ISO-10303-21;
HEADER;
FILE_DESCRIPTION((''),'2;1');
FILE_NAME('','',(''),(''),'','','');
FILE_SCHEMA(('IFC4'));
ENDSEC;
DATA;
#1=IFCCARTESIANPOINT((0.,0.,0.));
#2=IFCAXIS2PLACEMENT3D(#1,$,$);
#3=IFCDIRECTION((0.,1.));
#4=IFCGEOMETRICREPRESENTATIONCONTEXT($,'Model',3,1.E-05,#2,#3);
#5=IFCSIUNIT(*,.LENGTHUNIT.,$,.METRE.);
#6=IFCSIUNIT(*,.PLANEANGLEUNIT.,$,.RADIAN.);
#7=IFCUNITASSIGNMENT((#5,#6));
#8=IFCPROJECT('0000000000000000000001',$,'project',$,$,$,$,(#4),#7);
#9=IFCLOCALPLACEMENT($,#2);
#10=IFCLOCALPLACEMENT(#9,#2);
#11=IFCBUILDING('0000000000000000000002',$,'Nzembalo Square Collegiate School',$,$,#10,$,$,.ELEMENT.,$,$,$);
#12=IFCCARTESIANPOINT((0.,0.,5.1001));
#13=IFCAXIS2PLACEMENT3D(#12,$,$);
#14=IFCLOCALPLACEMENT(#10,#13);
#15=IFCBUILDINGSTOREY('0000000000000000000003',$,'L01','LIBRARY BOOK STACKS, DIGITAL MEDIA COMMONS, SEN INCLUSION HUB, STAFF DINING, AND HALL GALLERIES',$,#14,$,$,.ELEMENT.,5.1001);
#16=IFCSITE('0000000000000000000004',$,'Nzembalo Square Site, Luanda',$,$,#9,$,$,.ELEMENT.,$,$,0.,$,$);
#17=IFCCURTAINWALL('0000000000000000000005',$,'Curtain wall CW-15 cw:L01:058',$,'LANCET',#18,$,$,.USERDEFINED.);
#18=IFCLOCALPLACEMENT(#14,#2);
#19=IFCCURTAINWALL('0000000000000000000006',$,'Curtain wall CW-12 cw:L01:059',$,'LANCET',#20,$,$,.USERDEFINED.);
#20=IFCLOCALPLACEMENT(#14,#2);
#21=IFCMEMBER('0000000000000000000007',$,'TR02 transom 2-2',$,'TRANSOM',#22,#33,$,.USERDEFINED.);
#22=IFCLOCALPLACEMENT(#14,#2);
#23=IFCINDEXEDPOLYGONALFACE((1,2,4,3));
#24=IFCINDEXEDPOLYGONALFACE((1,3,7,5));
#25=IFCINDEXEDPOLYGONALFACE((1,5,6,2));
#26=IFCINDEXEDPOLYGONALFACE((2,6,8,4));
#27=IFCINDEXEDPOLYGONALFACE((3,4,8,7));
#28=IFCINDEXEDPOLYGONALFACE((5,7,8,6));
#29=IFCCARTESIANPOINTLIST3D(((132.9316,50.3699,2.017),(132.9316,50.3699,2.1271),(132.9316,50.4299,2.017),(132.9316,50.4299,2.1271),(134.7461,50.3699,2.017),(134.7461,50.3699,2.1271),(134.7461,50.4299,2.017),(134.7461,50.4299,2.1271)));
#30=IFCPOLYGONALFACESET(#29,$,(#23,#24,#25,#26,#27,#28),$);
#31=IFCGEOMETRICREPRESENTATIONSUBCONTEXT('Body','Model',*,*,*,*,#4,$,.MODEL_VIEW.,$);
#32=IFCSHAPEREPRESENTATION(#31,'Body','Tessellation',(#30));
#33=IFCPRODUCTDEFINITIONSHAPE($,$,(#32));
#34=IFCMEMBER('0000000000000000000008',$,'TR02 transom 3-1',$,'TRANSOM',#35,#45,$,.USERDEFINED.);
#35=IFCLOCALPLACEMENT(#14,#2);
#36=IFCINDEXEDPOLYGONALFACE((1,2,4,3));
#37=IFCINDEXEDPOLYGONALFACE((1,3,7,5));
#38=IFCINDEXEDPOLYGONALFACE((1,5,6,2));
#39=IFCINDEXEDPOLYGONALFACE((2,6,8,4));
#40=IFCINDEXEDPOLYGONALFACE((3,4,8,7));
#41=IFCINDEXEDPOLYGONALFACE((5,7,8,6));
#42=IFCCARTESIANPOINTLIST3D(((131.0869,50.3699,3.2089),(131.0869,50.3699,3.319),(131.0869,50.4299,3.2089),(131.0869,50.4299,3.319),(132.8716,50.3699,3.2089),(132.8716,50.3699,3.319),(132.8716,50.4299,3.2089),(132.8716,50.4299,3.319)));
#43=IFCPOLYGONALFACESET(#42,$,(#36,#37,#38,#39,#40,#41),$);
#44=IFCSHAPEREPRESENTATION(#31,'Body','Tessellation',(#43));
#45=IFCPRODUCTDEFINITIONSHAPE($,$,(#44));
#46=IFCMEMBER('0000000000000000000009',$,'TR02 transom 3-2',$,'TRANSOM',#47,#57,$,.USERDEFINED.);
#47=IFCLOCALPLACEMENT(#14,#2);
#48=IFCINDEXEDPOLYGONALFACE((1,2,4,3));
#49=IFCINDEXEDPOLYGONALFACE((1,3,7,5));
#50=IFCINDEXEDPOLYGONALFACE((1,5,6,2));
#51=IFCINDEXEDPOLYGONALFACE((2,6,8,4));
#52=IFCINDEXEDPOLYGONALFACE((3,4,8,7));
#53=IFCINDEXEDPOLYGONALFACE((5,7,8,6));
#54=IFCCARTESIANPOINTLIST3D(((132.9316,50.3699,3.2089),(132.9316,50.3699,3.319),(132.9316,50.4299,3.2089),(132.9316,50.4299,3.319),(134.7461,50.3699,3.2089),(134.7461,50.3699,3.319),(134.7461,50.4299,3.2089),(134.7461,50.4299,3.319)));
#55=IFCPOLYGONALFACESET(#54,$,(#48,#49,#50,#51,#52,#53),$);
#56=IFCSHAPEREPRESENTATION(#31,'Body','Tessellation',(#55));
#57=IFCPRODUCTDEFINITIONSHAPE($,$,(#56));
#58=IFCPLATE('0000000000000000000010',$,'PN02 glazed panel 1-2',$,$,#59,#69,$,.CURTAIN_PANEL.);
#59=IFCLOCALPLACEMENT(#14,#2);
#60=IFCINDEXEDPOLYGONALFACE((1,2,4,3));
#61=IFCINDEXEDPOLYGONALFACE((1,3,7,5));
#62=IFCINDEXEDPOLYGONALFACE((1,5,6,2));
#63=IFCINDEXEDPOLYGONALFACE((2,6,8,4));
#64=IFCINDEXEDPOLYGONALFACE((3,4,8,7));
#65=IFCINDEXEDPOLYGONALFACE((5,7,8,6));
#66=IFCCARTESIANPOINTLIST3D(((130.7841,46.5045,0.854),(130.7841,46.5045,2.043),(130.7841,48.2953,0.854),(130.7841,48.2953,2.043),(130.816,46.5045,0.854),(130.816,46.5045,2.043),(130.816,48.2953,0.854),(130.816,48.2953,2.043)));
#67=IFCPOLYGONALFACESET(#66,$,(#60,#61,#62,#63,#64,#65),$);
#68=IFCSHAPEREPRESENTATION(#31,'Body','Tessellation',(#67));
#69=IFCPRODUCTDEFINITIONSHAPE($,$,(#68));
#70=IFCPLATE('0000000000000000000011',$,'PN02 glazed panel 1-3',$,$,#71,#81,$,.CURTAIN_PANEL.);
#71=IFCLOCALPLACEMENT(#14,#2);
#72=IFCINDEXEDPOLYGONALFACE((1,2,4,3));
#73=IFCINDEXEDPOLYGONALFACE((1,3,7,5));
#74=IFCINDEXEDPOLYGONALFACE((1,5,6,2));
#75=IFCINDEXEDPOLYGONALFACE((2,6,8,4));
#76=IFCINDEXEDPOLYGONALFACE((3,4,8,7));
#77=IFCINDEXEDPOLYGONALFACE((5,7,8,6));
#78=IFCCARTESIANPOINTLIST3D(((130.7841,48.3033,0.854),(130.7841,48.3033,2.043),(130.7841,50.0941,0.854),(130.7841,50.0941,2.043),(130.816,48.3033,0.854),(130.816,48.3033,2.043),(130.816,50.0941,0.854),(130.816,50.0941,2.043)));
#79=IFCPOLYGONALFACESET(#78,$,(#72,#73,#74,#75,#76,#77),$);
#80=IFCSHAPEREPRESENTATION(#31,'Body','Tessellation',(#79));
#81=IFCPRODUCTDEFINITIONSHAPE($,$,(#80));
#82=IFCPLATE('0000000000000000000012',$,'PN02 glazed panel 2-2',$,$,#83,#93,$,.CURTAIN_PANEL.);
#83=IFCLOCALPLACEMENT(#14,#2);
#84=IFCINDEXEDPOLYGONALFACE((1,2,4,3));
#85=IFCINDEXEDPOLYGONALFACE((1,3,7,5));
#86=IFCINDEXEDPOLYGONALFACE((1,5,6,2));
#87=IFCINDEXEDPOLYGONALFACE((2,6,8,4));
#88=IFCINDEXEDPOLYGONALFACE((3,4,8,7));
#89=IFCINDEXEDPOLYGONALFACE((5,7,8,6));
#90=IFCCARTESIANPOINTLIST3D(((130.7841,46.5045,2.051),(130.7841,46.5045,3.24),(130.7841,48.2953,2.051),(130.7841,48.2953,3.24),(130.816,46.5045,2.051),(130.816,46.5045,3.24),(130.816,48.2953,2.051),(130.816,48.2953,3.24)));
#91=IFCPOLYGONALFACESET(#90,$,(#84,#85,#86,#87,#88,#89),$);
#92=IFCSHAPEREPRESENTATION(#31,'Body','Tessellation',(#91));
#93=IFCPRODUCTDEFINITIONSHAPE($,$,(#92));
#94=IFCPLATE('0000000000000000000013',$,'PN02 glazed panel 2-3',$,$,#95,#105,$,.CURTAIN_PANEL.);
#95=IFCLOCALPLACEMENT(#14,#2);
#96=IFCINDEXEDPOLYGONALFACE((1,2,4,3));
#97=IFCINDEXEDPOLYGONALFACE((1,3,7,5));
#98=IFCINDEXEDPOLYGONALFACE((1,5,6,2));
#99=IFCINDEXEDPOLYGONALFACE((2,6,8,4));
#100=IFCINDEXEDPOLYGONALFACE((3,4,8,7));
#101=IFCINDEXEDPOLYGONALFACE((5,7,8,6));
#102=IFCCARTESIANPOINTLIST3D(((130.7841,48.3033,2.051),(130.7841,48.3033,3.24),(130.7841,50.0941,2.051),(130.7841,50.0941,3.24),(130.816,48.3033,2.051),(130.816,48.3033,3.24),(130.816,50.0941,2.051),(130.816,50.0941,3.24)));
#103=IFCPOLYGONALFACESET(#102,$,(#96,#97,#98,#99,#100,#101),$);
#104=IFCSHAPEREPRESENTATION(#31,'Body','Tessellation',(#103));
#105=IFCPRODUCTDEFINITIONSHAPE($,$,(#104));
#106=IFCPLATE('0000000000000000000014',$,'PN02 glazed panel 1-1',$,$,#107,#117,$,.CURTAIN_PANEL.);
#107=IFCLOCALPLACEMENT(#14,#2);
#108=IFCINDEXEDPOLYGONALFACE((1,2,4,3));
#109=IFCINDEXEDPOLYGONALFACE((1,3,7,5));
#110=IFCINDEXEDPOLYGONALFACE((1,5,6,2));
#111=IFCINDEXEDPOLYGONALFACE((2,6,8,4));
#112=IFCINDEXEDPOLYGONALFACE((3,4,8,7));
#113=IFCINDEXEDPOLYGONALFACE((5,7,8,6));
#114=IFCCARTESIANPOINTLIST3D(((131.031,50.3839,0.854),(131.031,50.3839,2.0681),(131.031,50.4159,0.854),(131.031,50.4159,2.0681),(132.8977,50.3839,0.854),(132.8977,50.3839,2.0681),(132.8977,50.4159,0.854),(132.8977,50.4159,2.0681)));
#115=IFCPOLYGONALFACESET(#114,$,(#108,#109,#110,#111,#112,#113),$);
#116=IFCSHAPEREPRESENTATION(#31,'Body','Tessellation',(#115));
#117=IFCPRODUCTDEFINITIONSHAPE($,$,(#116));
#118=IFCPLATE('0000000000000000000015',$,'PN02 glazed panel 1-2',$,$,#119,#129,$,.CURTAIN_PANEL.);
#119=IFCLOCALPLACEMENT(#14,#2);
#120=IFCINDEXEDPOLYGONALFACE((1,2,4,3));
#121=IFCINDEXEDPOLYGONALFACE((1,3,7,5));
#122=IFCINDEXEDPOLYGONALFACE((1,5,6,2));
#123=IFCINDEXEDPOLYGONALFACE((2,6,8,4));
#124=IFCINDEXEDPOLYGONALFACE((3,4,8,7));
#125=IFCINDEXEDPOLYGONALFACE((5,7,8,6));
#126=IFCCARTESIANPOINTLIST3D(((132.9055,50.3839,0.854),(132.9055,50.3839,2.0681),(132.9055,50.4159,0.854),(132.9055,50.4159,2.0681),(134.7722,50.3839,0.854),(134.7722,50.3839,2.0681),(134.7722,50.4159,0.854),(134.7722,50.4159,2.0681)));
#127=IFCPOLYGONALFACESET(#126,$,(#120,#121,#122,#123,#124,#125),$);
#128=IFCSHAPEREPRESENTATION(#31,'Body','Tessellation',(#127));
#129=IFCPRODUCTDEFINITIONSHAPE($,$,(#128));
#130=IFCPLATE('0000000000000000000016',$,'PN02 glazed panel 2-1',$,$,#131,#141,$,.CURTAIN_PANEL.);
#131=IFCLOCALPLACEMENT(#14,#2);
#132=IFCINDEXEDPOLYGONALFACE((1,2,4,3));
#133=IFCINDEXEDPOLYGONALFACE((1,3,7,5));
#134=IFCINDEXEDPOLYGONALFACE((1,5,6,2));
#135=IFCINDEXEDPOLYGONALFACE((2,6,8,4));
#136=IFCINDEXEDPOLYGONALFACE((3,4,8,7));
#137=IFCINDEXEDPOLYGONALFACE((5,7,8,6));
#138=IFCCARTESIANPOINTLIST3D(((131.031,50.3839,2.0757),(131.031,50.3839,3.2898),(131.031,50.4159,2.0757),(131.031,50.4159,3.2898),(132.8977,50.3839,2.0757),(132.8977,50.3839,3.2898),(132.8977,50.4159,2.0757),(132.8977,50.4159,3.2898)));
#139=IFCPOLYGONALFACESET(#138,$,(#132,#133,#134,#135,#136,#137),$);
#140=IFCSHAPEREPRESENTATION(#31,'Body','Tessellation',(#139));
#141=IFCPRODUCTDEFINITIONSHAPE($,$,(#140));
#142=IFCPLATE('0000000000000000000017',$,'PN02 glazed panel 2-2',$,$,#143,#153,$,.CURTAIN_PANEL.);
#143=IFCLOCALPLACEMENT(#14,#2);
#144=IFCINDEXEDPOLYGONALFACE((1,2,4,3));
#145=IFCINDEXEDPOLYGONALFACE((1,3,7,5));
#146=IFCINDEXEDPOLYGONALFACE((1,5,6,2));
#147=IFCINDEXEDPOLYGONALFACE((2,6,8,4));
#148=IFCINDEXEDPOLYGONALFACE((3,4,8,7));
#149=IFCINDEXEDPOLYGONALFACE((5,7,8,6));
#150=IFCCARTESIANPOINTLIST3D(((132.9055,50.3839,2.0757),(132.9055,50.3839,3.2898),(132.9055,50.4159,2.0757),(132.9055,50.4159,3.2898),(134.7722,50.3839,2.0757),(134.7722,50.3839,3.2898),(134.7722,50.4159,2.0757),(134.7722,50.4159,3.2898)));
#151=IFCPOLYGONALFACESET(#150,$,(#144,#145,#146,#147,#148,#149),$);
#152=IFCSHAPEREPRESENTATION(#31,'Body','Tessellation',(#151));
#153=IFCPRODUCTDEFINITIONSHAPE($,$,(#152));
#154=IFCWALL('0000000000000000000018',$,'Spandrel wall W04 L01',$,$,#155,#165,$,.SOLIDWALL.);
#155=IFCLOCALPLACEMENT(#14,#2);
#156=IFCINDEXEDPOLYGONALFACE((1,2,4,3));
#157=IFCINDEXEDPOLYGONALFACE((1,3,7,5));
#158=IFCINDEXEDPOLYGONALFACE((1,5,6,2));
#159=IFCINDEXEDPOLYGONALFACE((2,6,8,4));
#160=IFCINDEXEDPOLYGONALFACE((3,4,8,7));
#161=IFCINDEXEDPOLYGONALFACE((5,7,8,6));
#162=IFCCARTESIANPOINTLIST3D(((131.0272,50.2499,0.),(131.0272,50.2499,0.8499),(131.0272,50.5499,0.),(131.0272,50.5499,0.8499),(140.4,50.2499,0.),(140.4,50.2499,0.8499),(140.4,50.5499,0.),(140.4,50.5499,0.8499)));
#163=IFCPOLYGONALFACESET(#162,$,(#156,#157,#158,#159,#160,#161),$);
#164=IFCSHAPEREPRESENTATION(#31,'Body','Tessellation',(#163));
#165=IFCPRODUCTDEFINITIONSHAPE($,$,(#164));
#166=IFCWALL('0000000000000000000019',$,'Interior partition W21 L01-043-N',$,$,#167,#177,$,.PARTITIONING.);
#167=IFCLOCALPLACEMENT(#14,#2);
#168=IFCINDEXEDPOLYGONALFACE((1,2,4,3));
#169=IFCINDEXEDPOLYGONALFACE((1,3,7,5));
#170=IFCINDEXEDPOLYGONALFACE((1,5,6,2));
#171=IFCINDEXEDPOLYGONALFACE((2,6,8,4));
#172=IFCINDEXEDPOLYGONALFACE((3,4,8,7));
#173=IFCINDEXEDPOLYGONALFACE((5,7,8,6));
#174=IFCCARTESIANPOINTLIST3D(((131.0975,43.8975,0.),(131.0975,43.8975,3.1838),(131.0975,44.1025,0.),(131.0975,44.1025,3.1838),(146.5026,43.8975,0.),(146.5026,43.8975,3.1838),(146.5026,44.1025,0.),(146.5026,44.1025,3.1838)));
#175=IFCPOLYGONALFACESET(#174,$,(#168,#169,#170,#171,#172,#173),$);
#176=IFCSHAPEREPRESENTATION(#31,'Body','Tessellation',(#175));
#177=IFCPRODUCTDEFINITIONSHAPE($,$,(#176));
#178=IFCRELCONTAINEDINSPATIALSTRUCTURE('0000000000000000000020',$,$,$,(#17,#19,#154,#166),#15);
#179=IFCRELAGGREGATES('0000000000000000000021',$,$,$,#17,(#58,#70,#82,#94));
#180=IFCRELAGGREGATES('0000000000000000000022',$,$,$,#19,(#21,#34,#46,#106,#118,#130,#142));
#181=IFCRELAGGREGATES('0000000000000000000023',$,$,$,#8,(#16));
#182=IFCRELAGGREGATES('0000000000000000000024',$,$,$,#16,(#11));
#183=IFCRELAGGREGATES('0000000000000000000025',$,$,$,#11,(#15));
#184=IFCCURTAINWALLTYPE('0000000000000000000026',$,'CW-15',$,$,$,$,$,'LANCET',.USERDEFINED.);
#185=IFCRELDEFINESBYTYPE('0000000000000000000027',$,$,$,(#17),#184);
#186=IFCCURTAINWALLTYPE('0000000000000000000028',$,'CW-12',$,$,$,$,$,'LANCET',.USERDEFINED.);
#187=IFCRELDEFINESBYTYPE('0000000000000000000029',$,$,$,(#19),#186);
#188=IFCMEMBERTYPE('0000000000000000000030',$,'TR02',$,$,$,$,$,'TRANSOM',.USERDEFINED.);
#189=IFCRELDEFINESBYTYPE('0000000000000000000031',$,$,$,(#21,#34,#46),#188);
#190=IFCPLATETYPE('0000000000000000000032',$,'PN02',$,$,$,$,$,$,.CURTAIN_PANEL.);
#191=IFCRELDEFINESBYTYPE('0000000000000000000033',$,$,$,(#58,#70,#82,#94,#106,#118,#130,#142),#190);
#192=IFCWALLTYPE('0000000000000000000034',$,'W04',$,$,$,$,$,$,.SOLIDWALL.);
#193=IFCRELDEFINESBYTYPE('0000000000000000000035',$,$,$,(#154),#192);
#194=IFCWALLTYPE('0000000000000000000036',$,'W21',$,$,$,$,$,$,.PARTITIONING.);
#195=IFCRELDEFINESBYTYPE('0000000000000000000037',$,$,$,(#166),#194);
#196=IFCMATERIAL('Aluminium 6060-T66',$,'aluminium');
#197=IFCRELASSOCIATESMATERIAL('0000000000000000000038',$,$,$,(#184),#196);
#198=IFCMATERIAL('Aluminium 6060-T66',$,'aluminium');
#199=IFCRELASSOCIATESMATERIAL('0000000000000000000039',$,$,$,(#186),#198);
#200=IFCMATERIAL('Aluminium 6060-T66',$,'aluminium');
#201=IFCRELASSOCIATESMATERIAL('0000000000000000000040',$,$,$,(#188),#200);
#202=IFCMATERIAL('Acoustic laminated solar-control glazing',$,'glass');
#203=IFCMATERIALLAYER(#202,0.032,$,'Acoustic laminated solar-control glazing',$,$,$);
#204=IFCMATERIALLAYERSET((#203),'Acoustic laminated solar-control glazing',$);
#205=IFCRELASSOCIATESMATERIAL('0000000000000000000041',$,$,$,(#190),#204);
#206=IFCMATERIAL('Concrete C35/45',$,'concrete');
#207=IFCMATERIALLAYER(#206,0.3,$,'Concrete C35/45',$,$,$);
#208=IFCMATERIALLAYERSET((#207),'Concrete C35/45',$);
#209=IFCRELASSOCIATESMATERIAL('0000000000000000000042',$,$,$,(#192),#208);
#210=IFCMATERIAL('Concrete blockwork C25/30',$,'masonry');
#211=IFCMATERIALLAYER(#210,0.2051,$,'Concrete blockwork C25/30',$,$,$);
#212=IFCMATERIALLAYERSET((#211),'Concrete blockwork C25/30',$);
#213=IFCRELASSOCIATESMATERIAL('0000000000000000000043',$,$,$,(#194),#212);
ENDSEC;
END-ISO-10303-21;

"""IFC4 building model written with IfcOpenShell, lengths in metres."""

from ifc_helpers import new_model, si_unit, direction, frame, frame_2d, origin, origin_2d, place, context, subcontext, project, spatial, rectangle, extrude, material, layer, layer_set, material_profile, profile_set, type_object, element, aggregate, save


model = new_model("IFC4")

# Units and contexts
model_context = context("Model", 3, precision=1e-05, world=origin(), true_north=direction((0.0, 1.0)))
body_context = subcontext(model_context, "Body", "Model", "MODEL_VIEW")
ifc_project = project(units=[si_unit("LENGTHUNIT", "METRE"), si_unit("PLANEANGLEUNIT", "RADIAN")], contexts=[model_context])

# Site, building, storey
site_placement = place(None, origin())
site = spatial("IfcSite", under=ifc_project, at=site_placement, Name="Nzembalo Square Site, Luanda", CompositionType="ELEMENT", RefElevation=0.0)
building_placement = place(site_placement, origin())
building = spatial("IfcBuilding", under=site, at=building_placement, Name="Nzembalo Square Collegiate School", CompositionType="ELEMENT")
storey_placement = place(building_placement, frame((0.0, 0.0, 5.1001)))
storey = spatial("IfcBuildingStorey", under=building, at=storey_placement, Name="L01", Description="LIBRARY BOOK STACKS, DIGITAL MEDIA COMMONS, SEN INCLUSION HUB, STAFF DINING, AND HALL GALLERIES", CompositionType="ELEMENT", Elevation=5.1001)

# Curtain walls
ifc_material_1 = material(Name="Aluminium 6060-T66", Category="aluminium")
curtain_wall_type_1 = type_object("IfcCurtainWallType", Name="CW-15", ElementType="LANCET", PredefinedType="USERDEFINED", material=ifc_material_1)
curtain_wall_1_placement = place(storey_placement, origin())
curtain_wall_1 = element("IfcCurtainWall", 1, at=curtain_wall_1_placement, inside=storey, type_object=curtain_wall_type_1, Name="Curtain wall CW-15 cw:L01:058", ObjectType="LANCET", PredefinedType="USERDEFINED")
ifc_material_2 = material(Name="Aluminium 6060-T66", Category="aluminium")
curtain_wall_type_2 = type_object("IfcCurtainWallType", Name="CW-12", ElementType="LANCET", PredefinedType="USERDEFINED", material=ifc_material_2)
curtain_wall_2_placement = place(storey_placement, origin())
curtain_wall_2 = element("IfcCurtainWall", 2, at=curtain_wall_2_placement, inside=storey, type_object=curtain_wall_type_2, Name="Curtain wall CW-12 cw:L01:059", ObjectType="LANCET", PredefinedType="USERDEFINED")

# Members
ifc_material_3 = material(Name="Aluminium 6060-T66", Category="aluminium")
ifc_material_profile_1 = material_profile(ifc_material_3, rectangle(XDim=0.0601, YDim=0.1101, at=origin_2d()), Name="ALU T60x110")
ifc_profile_set_1 = profile_set([ifc_material_profile_1], Name="Aluminium 6060-T66")
member_type_1 = type_object("IfcMemberType", Name="TR02", ElementType="TRANSOM", PredefinedType="USERDEFINED", material=ifc_profile_set_1)
member_1_placement = place(storey_placement, frame((132.9316, 50.3999, 2.072), z_axis=(1.0, 0.0, 0.0), x_axis=(0.0, 1.0, 0.0)))
member_1 = element("IfcMember", 3, at=member_1_placement, type_object=member_type_1, Name="TR02 transom 2-2", ObjectType="TRANSOM", PredefinedType="USERDEFINED", context=body_context, shape_type="SweptSolid", body=[
    extrude(rectangle(XDim=0.0601, YDim=0.1101, at=origin_2d()), origin(), (0.0, 0.0, 1.0), 1.8145),
])
member_2_placement = place(storey_placement, frame((131.0869, 50.3999, 3.2639), z_axis=(1.0, 0.0, 0.0), x_axis=(0.0, 1.0, 0.0)))
member_2 = element("IfcMember", 4, at=member_2_placement, type_object=member_type_1, Name="TR02 transom 3-1", ObjectType="TRANSOM", PredefinedType="USERDEFINED", context=body_context, shape_type="SweptSolid", body=[
    extrude(rectangle(XDim=0.0601, YDim=0.1101, at=origin_2d()), origin(), (0.0, 0.0, 1.0), 1.7847),
])
member_3_placement = place(storey_placement, frame((132.9316, 50.3999, 3.2639), z_axis=(1.0, 0.0, 0.0), x_axis=(0.0, 1.0, 0.0)))
member_3 = element("IfcMember", 5, at=member_3_placement, type_object=member_type_1, Name="TR02 transom 3-2", ObjectType="TRANSOM", PredefinedType="USERDEFINED", context=body_context, shape_type="SweptSolid", body=[
    extrude(rectangle(XDim=0.0601, YDim=0.1101, at=origin_2d()), origin(), (0.0, 0.0, 1.0), 1.8145),
])

# Plates
ifc_material_4 = material(Name="Acoustic laminated solar-control glazing", Category="glass")
ifc_layer_1 = layer(ifc_material_4, 0.032, Name="Acoustic laminated solar-control glazing")
ifc_layer_set_1 = layer_set([ifc_layer_1], Name="Acoustic laminated solar-control glazing")
plate_type = type_object("IfcPlateType", Name="PN02", PredefinedType="CURTAIN_PANEL", material=ifc_layer_set_1)
plate_1_placement = place(storey_placement, frame((130.8, 47.3999, 0.854), z_axis=(0.0, 0.0, 1.0), x_axis=(0.0, 1.0, 0.0)))
plate_1 = element("IfcPlate", 6, at=plate_1_placement, type_object=plate_type, Name="PN02 glazed panel 1-2", PredefinedType="CURTAIN_PANEL", context=body_context, shape_type="SweptSolid", body=[
    extrude(rectangle(XDim=1.7908, YDim=0.032, at=origin_2d()), origin(), (0.0, 0.0, 1.0), 1.189),
])
plate_2_placement = place(storey_placement, frame((130.8, 49.1987, 0.854), z_axis=(0.0, 0.0, 1.0), x_axis=(0.0, 1.0, 0.0)))
plate_2 = element("IfcPlate", 7, at=plate_2_placement, type_object=plate_type, Name="PN02 glazed panel 1-3", PredefinedType="CURTAIN_PANEL", context=body_context, shape_type="SweptSolid", body=[
    extrude(rectangle(XDim=1.7908, YDim=0.032, at=origin_2d()), origin(), (0.0, 0.0, 1.0), 1.189),
])
plate_3_placement = place(storey_placement, frame((130.8, 47.3999, 2.051), z_axis=(0.0, 0.0, 1.0), x_axis=(0.0, 1.0, 0.0)))
plate_3 = element("IfcPlate", 8, at=plate_3_placement, type_object=plate_type, Name="PN02 glazed panel 2-2", PredefinedType="CURTAIN_PANEL", context=body_context, shape_type="SweptSolid", body=[
    extrude(rectangle(XDim=1.7908, YDim=0.032, at=origin_2d()), origin(), (0.0, 0.0, 1.0), 1.189),
])
plate_4_placement = place(storey_placement, frame((130.8, 49.1987, 2.051), z_axis=(0.0, 0.0, 1.0), x_axis=(0.0, 1.0, 0.0)))
plate_4 = element("IfcPlate", 9, at=plate_4_placement, type_object=plate_type, Name="PN02 glazed panel 2-3", PredefinedType="CURTAIN_PANEL", context=body_context, shape_type="SweptSolid", body=[
    extrude(rectangle(XDim=1.7908, YDim=0.032, at=origin_2d()), origin(), (0.0, 0.0, 1.0), 1.189),
])
aggregate(curtain_wall_1, [plate_1, plate_2, plate_3, plate_4])
plate_5_placement = place(storey_placement, frame((131.9644, 50.3999, 0.854), z_axis=(0.0, 0.0, 1.0), x_axis=(1.0, 0.0, 0.0)))
plate_5 = element("IfcPlate", 10, at=plate_5_placement, type_object=plate_type, Name="PN02 glazed panel 1-1", PredefinedType="CURTAIN_PANEL", context=body_context, shape_type="SweptSolid", body=[
    extrude(rectangle(XDim=1.8667, YDim=0.032, at=origin_2d()), origin(), (0.0, 0.0, 1.0), 1.2141),
])
plate_6_placement = place(storey_placement, frame((133.8389, 50.3999, 0.854), z_axis=(0.0, 0.0, 1.0), x_axis=(1.0, 0.0, 0.0)))
plate_6 = element("IfcPlate", 11, at=plate_6_placement, type_object=plate_type, Name="PN02 glazed panel 1-2", PredefinedType="CURTAIN_PANEL", context=body_context, shape_type="SweptSolid", body=[
    extrude(rectangle(XDim=1.8667, YDim=0.032, at=origin_2d()), origin(), (0.0, 0.0, 1.0), 1.2141),
])
plate_7_placement = place(storey_placement, frame((131.9644, 50.3999, 2.0757), z_axis=(0.0, 0.0, 1.0), x_axis=(1.0, 0.0, 0.0)))
plate_7 = element("IfcPlate", 12, at=plate_7_placement, type_object=plate_type, Name="PN02 glazed panel 2-1", PredefinedType="CURTAIN_PANEL", context=body_context, shape_type="SweptSolid", body=[
    extrude(rectangle(XDim=1.8667, YDim=0.032, at=origin_2d()), origin(), (0.0, 0.0, 1.0), 1.2141),
])
plate_8_placement = place(storey_placement, frame((133.8389, 50.3999, 2.0757), z_axis=(0.0, 0.0, 1.0), x_axis=(1.0, 0.0, 0.0)))
plate_8 = element("IfcPlate", 13, at=plate_8_placement, type_object=plate_type, Name="PN02 glazed panel 2-2", PredefinedType="CURTAIN_PANEL", context=body_context, shape_type="SweptSolid", body=[
    extrude(rectangle(XDim=1.8667, YDim=0.032, at=origin_2d()), origin(), (0.0, 0.0, 1.0), 1.2141),
])
aggregate(curtain_wall_2, [member_1, member_2, member_3, plate_5, plate_6, plate_7, plate_8])

# Walls
ifc_material_5 = material(Name="Concrete C35/45", Category="concrete")
ifc_layer_2 = layer(ifc_material_5, 0.3, Name="Concrete C35/45")
ifc_layer_set_2 = layer_set([ifc_layer_2], Name="Concrete C35/45")
wall_type_1 = type_object("IfcWallType", Name="W04", PredefinedType="SOLIDWALL", material=ifc_layer_set_2)
wall_1_placement = place(storey_placement, frame((131.0271, 50.3999, 0.0), z_axis=(0.0, 0.0, 1.0), x_axis=(1.0, 0.0, 0.0)))
element("IfcWall", 14, at=wall_1_placement, inside=storey, type_object=wall_type_1, Name="Spandrel wall W04 L01", PredefinedType="SOLIDWALL", context=body_context, shape_type="SweptSolid", body=[
    extrude(rectangle(XDim=9.3728, YDim=0.3, at=frame_2d((4.6865, 0.0))), origin(), (0.0, 0.0, 1.0), 0.8499),
])
ifc_material_6 = material(Name="Concrete blockwork C25/30", Category="masonry")
ifc_layer_3 = layer(ifc_material_6, 0.2051, Name="Concrete blockwork C25/30")
ifc_layer_set_3 = layer_set([ifc_layer_3], Name="Concrete blockwork C25/30")
wall_type_2 = type_object("IfcWallType", Name="W21", PredefinedType="PARTITIONING", material=ifc_layer_set_3)
wall_2_placement = place(storey_placement, frame((131.0974, 44.0, 0.0), z_axis=(0.0, 0.0, 1.0), x_axis=(1.0, 0.0, 0.0)))
element("IfcWall", 15, at=wall_2_placement, inside=storey, type_object=wall_type_2, Name="Interior partition W21 L01-043-N", PredefinedType="PARTITIONING", context=body_context, shape_type="SweptSolid", body=[
    extrude(rectangle(XDim=15.405, YDim=0.2051, at=frame_2d((7.7026, 0.0))), origin(), (0.0, 0.0, 1.0), 3.1838),
])

save(model, "model.ifc")
